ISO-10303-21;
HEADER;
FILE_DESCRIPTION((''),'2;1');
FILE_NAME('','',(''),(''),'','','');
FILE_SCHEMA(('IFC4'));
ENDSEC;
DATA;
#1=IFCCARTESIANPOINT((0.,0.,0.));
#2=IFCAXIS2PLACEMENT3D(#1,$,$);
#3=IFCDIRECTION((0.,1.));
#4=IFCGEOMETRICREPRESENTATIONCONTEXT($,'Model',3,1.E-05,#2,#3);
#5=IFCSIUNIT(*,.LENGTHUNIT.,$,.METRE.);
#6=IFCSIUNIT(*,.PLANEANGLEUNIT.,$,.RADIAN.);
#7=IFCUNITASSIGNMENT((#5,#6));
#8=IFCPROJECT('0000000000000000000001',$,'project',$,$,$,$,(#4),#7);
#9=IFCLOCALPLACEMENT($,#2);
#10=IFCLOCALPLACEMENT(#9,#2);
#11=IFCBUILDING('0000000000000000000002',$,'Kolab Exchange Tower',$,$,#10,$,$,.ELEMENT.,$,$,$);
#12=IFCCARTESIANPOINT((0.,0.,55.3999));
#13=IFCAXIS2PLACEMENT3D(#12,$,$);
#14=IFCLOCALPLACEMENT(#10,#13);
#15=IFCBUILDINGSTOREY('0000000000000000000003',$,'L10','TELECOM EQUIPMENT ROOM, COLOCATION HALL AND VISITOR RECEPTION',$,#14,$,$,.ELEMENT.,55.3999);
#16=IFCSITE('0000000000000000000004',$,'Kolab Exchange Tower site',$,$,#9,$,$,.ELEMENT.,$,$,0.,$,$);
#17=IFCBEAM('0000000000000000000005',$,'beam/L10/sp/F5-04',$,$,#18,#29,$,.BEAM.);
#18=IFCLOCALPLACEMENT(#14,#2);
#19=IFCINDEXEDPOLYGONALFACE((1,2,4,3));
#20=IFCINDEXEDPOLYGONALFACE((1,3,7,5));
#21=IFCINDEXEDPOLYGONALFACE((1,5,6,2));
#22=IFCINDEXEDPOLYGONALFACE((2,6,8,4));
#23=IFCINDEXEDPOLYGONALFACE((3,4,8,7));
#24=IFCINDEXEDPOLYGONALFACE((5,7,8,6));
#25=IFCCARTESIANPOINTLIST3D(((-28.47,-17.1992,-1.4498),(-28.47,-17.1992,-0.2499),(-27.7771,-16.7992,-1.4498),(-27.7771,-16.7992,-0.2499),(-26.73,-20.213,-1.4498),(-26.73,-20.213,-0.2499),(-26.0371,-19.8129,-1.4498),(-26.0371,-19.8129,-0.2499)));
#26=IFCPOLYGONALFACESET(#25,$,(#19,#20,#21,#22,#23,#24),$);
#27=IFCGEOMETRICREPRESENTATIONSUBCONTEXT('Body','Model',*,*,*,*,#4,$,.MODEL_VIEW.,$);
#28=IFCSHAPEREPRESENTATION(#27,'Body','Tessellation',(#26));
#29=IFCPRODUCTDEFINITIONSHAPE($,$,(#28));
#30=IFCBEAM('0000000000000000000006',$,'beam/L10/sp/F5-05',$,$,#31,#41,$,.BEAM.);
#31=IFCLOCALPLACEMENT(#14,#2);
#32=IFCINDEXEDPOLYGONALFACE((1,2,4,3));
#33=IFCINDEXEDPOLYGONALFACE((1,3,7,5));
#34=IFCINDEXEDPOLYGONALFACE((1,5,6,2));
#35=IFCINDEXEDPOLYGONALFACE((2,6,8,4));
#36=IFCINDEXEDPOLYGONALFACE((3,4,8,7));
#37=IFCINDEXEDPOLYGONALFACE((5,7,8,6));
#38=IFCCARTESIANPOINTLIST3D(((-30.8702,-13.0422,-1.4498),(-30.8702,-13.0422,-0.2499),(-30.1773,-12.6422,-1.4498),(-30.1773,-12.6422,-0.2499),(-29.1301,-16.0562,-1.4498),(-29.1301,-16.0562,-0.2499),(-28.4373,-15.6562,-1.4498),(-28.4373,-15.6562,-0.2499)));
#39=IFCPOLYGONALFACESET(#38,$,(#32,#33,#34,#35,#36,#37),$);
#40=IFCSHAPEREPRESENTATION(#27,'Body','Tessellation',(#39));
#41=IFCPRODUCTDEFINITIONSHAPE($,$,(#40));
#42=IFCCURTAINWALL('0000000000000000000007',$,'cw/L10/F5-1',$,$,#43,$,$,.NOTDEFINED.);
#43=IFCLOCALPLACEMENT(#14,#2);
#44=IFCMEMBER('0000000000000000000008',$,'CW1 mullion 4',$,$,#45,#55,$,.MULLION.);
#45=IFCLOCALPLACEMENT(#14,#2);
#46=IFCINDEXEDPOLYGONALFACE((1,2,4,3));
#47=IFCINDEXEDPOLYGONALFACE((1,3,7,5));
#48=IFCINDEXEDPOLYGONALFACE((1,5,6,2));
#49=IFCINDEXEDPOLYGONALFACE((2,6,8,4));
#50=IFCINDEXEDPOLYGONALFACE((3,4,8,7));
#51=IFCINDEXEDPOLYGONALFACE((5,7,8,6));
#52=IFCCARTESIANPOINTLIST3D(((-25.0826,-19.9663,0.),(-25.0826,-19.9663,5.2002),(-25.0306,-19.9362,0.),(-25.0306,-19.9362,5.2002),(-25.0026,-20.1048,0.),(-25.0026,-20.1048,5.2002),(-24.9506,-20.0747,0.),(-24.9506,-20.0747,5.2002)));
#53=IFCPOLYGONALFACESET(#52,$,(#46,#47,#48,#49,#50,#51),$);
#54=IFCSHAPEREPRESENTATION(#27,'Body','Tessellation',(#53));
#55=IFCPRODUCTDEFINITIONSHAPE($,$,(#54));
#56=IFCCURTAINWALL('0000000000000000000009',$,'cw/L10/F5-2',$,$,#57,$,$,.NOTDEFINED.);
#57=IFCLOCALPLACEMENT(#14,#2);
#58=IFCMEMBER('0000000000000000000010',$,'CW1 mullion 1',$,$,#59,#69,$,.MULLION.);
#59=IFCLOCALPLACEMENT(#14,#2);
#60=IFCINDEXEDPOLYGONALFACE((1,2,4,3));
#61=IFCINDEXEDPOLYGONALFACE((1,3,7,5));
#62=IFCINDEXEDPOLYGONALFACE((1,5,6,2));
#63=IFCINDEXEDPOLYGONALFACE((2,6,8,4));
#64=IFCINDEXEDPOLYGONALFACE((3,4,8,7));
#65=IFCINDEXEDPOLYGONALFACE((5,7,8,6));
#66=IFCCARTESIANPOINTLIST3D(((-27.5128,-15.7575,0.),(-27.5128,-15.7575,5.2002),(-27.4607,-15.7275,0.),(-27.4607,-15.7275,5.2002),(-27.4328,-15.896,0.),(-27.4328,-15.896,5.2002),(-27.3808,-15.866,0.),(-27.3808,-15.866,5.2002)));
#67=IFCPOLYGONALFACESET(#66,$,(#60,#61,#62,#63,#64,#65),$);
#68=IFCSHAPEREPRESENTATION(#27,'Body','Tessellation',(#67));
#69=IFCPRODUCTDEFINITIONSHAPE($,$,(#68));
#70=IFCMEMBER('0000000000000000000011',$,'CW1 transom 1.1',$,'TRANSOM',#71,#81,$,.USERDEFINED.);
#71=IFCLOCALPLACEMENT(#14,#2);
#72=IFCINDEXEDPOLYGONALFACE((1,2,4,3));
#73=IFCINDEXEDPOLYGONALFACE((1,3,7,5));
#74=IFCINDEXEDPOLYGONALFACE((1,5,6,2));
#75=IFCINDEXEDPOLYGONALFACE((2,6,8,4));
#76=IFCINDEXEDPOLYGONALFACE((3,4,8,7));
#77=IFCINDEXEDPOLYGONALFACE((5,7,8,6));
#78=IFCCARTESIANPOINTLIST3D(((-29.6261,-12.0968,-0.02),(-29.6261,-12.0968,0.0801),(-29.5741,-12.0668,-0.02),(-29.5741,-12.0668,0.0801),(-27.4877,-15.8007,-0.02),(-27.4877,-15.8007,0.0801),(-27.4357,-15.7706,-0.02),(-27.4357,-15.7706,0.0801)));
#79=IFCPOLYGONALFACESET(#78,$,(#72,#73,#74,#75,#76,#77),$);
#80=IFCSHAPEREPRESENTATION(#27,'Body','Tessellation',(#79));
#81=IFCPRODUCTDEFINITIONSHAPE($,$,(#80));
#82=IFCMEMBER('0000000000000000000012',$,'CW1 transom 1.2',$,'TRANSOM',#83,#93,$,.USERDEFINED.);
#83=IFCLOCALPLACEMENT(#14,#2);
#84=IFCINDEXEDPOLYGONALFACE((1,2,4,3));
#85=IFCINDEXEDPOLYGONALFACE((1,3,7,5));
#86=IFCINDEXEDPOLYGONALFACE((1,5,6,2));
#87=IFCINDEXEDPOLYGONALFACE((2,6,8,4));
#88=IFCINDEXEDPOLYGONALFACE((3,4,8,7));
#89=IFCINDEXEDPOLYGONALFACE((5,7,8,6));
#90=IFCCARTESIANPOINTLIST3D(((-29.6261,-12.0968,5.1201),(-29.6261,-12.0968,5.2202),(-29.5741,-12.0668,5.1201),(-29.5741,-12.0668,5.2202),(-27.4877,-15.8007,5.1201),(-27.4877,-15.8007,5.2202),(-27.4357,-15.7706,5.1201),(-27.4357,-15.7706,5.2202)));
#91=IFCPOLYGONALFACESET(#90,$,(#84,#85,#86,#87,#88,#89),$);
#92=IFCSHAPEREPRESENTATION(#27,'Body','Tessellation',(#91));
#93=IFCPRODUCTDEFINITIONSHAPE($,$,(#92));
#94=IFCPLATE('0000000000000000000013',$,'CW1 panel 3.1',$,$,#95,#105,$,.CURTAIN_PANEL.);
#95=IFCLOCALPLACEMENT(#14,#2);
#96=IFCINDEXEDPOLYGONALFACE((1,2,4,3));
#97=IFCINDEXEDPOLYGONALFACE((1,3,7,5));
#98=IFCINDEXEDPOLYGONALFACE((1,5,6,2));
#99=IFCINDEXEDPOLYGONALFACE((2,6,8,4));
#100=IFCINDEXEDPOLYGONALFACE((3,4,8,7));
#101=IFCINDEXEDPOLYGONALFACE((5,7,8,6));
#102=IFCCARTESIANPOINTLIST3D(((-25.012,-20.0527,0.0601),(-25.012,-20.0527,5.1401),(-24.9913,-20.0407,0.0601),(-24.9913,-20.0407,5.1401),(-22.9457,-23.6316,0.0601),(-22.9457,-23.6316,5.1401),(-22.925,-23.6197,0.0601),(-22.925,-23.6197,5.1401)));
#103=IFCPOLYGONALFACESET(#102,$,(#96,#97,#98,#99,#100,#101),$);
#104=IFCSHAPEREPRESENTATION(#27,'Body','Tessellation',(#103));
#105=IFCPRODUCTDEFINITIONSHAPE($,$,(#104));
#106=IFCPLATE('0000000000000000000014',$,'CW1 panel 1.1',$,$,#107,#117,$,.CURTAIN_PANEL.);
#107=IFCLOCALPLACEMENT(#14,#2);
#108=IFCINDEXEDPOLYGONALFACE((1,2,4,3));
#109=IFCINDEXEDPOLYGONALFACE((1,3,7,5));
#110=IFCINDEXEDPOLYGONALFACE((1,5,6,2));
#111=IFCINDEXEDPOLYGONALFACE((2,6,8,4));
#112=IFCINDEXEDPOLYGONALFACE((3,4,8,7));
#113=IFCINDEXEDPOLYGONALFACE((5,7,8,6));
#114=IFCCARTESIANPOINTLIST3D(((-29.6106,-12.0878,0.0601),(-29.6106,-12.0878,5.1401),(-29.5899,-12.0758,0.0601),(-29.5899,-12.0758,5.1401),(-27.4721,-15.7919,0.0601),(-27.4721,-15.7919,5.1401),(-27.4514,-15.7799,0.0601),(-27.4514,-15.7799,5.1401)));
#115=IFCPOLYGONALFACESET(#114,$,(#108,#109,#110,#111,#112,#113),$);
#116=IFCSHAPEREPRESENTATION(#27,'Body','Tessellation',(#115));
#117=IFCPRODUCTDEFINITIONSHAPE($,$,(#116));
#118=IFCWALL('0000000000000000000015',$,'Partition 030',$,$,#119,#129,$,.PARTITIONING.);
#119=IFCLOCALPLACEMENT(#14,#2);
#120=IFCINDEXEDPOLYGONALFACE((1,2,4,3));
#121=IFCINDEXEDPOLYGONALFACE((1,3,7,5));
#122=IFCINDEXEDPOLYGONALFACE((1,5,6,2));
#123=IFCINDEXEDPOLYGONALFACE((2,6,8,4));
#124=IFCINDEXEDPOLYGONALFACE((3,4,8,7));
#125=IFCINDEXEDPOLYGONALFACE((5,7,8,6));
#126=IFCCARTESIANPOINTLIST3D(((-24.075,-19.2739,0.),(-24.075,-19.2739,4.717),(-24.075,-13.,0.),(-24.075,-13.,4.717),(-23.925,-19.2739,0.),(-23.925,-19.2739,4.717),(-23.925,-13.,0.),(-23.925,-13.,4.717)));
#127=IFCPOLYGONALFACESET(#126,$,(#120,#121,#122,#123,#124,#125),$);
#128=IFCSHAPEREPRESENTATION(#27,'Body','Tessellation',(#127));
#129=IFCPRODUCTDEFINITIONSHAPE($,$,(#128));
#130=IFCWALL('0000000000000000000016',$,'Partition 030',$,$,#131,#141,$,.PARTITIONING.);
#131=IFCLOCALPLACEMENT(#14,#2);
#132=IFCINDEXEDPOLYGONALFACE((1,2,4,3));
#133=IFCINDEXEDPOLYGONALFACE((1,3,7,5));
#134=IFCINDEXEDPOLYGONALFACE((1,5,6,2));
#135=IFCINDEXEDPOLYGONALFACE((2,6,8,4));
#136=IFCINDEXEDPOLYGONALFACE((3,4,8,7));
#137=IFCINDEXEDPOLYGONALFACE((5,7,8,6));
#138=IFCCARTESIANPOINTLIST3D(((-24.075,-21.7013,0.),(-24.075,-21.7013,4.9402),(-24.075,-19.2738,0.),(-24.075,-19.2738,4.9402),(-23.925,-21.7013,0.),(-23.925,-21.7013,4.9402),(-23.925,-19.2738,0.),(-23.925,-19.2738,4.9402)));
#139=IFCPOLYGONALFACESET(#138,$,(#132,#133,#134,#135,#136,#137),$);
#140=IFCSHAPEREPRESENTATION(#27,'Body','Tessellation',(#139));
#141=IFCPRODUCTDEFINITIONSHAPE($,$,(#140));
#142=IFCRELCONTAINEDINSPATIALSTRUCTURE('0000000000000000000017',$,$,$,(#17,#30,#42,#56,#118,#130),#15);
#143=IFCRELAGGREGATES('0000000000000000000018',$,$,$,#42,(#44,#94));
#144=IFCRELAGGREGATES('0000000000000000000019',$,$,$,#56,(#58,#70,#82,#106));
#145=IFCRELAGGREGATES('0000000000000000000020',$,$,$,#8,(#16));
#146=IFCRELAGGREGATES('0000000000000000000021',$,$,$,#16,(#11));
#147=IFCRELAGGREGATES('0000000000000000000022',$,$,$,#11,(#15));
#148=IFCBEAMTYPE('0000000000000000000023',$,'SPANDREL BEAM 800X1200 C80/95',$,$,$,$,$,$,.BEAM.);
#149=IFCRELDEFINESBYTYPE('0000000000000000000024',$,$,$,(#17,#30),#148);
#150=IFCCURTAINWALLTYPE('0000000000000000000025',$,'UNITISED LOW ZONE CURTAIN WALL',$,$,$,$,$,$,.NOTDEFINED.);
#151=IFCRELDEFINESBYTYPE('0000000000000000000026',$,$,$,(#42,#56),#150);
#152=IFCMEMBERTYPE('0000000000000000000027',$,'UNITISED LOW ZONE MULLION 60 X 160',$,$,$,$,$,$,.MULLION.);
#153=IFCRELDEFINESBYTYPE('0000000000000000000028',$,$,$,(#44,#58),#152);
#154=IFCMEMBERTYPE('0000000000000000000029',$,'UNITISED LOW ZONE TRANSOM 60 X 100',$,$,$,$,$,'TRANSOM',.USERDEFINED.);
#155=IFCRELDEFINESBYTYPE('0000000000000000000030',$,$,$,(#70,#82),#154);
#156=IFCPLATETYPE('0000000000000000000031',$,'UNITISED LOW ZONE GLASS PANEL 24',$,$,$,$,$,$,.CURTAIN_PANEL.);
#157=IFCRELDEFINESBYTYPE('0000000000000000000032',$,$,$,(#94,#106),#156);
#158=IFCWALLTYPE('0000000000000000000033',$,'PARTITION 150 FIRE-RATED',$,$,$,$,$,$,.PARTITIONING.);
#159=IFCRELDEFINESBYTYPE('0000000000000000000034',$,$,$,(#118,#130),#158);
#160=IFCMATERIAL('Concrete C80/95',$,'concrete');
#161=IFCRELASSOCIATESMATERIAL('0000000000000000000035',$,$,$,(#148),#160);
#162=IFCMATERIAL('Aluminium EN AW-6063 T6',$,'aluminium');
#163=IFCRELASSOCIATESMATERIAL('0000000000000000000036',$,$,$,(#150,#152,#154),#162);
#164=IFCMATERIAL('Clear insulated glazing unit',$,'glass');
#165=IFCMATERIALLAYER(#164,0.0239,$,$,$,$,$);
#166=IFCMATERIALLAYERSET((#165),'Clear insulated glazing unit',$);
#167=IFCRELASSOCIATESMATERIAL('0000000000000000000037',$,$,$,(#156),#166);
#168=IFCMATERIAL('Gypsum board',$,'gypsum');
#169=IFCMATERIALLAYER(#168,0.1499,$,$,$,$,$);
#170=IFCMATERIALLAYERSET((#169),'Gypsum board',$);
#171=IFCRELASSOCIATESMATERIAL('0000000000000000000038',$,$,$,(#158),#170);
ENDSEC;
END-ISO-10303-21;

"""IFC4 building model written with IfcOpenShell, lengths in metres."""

from ifc_helpers import new_model, si_unit, direction, frame, frame_2d, origin, origin_2d, place, context, subcontext, project, spatial, rectangle, extrude, material, layer, layer_set, material_profile, profile_set, type_object, element, aggregate, save


model = new_model("IFC4")

# Units and contexts
model_context = context("Model", 3, precision=1e-05, world=origin(), true_north=direction((0.0, 1.0)))
body_context = subcontext(model_context, "Body", "Model", "MODEL_VIEW")
ifc_project = project(units=[si_unit("LENGTHUNIT", "METRE"), si_unit("PLANEANGLEUNIT", "RADIAN")], contexts=[model_context])

# Site, building, storey
site_placement = place(None, origin())
site = spatial("IfcSite", under=ifc_project, at=site_placement, Name="Kolab Exchange Tower site", CompositionType="ELEMENT", RefElevation=0.0)
building_placement = place(site_placement, origin())
building = spatial("IfcBuilding", under=site, at=building_placement, Name="Kolab Exchange Tower", CompositionType="ELEMENT")
storey_placement = place(building_placement, frame((0.0, 0.0, 55.3999)))
storey = spatial("IfcBuildingStorey", under=building, at=storey_placement, Name="L10", Description="TELECOM EQUIPMENT ROOM, COLOCATION HALL AND VISITOR RECEPTION", CompositionType="ELEMENT", Elevation=55.3999)

# Shared definitions
ifc_material_1 = material(Name="Concrete C80/95", Category="concrete")

# Beams
ifc_material_profile_1 = material_profile(ifc_material_1, rectangle(XDim=0.8, YDim=1.2, at=origin_2d()), Name="RC800X1200")
ifc_profile_set_1 = profile_set([ifc_material_profile_1], Name="Concrete C80/95")
beam_type_1 = type_object("IfcBeamType", Name="SPANDREL BEAM 800X1200 C80/95", PredefinedType="BEAM", material=ifc_profile_set_1)
beam_1_placement = place(storey_placement, frame((-26.3835, -20.0129, -0.8499), z_axis=(-0.50001, 0.86602, 0.0), x_axis=(-0.86602, -0.50001, 0.0)))
element("IfcBeam", 1, at=beam_1_placement, inside=storey, type_object=beam_type_1, Name="beam/L10/sp/F5-04", PredefinedType="BEAM", context=body_context, shape_type="SweptSolid", body=[
    extrude(rectangle(XDim=0.8, YDim=1.2, at=origin_2d()), origin(), (0.0, 0.0, 1.0), 3.48),
])
beam_2_placement = place(storey_placement, frame((-28.7837, -15.8562, -0.8499), z_axis=(-0.49998, 0.866037, 0.0), x_axis=(-0.866037, -0.49998, 0.0)))
element("IfcBeam", 2, at=beam_2_placement, inside=storey, type_object=beam_type_1, Name="beam/L10/sp/F5-05", PredefinedType="BEAM", context=body_context, shape_type="SweptSolid", body=[
    extrude(rectangle(XDim=0.8, YDim=1.2, at=origin_2d()), origin(), (0.0, 0.0, 1.0), 3.4802),
])

# Curtain wall, member
ifc_material_2 = material(Name="Aluminium EN AW-6063 T6", Category="aluminium")
curtain_wall_type = type_object("IfcCurtainWallType", Name="UNITISED LOW ZONE CURTAIN WALL", PredefinedType="NOTDEFINED", material=ifc_material_2)
curtain_wall_1_placement = place(storey_placement, origin())
curtain_wall_1 = element("IfcCurtainWall", 3, at=curtain_wall_1_placement, inside=storey, type_object=curtain_wall_type, Name="cw/L10/F5-1", PredefinedType="NOTDEFINED")
ifc_material_profile_2 = material_profile(ifc_material_2, rectangle(XDim=0.0601, YDim=0.1599, at=origin_2d()), Name="RECT 60X160")
ifc_profile_set_2 = profile_set([ifc_material_profile_2], Name="Aluminium EN AW-6063 T6")
member_type_1 = type_object("IfcMemberType", Name="UNITISED LOW ZONE MULLION 60 X 160", PredefinedType="MULLION", material=ifc_profile_set_2)
member_1_placement = place(storey_placement, frame((-25.0166, -20.0205, 0.0), z_axis=(0.0, 0.0, 1.0), x_axis=(-0.866025, -0.5, 0.0)))
member_1 = element("IfcMember", 4, at=member_1_placement, type_object=member_type_1, Name="CW1 mullion 4", PredefinedType="MULLION", context=body_context, shape_type="SweptSolid", body=[
    extrude(rectangle(XDim=0.0601, YDim=0.1599, at=origin_2d()), origin(), (0.0, 0.0, 1.0), 5.2002),
])

# Curtain wall, members
curtain_wall_2_placement = place(storey_placement, origin())
curtain_wall_2 = element("IfcCurtainWall", 5, at=curtain_wall_2_placement, inside=storey, type_object=curtain_wall_type, Name="cw/L10/F5-2", PredefinedType="NOTDEFINED")
member_2_placement = place(storey_placement, frame((-27.4468, -15.8118, 0.0), z_axis=(0.0, 0.0, 1.0), x_axis=(-0.866025, -0.5, 0.0)))
member_2 = element("IfcMember", 6, at=member_2_placement, type_object=member_type_1, Name="CW1 mullion 1", PredefinedType="MULLION", context=body_context, shape_type="SweptSolid", body=[
    extrude(rectangle(XDim=0.0601, YDim=0.1599, at=origin_2d()), origin(), (0.0, 0.0, 1.0), 5.2002),
])
ifc_material_profile_3 = material_profile(ifc_material_2, rectangle(XDim=0.0601, YDim=0.1001, at=origin_2d()), Name="RECT 60X100")
ifc_profile_set_3 = profile_set([ifc_material_profile_3], Name="Aluminium EN AW-6063 T6")
member_type_2 = type_object("IfcMemberType", Name="UNITISED LOW ZONE TRANSOM 60 X 100", ElementType="TRANSOM", PredefinedType="USERDEFINED", material=ifc_profile_set_3)
member_3_placement = place(storey_placement, frame((-27.4617, -15.7856, 0.03), z_axis=(-0.500001, 0.866025, 0.0), x_axis=(-0.866025, -0.500001, 0.0)))
member_3 = element("IfcMember", 7, at=member_3_placement, type_object=member_type_2, Name="CW1 transom 1.1", ObjectType="TRANSOM", PredefinedType="USERDEFINED", context=body_context, shape_type="SweptSolid", body=[
    extrude(rectangle(XDim=0.0601, YDim=0.1001, at=origin_2d()), origin(), (0.0, 0.0, 1.0), 4.2769),
])
member_4_placement = place(storey_placement, frame((-27.4617, -15.7856, 5.1702), z_axis=(-0.500001, 0.866025, 0.0), x_axis=(-0.866025, -0.500001, 0.0)))
member_4 = element("IfcMember", 8, at=member_4_placement, type_object=member_type_2, Name="CW1 transom 1.2", ObjectType="TRANSOM", PredefinedType="USERDEFINED", context=body_context, shape_type="SweptSolid", body=[
    extrude(rectangle(XDim=0.0601, YDim=0.1001, at=origin_2d()), origin(), (0.0, 0.0, 1.0), 4.2769),
])

# Plates
ifc_material_3 = material(Name="Clear insulated glazing unit", Category="glass")
ifc_layer_1 = layer(ifc_material_3, 0.0239)
ifc_layer_set_1 = layer_set([ifc_layer_1], Name="Clear insulated glazing unit")
plate_type = type_object("IfcPlateType", Name="UNITISED LOW ZONE GLASS PANEL 24", PredefinedType="CURTAIN_PANEL", material=ifc_layer_set_1)
plate_1_placement = place(storey_placement, frame((-23.9685, -21.8362, 0.0601), z_axis=(0.0, 0.0, 1.0), x_axis=(-0.5, 0.866025, 0.0)))
plate_1 = element("IfcPlate", 9, at=plate_1_placement, type_object=plate_type, Name="CW1 panel 3.1", PredefinedType="CURTAIN_PANEL", context=body_context, shape_type="SweptSolid", body=[
    extrude(rectangle(XDim=4.1326, YDim=0.0239, at=origin_2d()), origin(), (0.0, 0.0, 1.0), 5.0801),
])
aggregate(curtain_wall_1, [member_1, plate_1])
plate_2_placement = place(storey_placement, frame((-28.531, -13.9338, 0.0601), z_axis=(0.0, 0.0, 1.0), x_axis=(-0.5, 0.866025, 0.0)))
plate_2 = element("IfcPlate", 10, at=plate_2_placement, type_object=plate_type, Name="CW1 panel 1.1", PredefinedType="CURTAIN_PANEL", context=body_context, shape_type="SweptSolid", body=[
    extrude(rectangle(XDim=4.2771, YDim=0.0239, at=origin_2d()), origin(), (0.0, 0.0, 1.0), 5.0801),
])
aggregate(curtain_wall_2, [member_2, member_3, member_4, plate_2])

# Walls
ifc_material_4 = material(Name="Gypsum board", Category="gypsum")
ifc_layer_2 = layer(ifc_material_4, 0.1499)
ifc_layer_set_2 = layer_set([ifc_layer_2], Name="Gypsum board")
wall_type_1 = type_object("IfcWallType", Name="PARTITION 150 FIRE-RATED", PredefinedType="PARTITIONING", material=ifc_layer_set_2)
wall_1_placement = place(storey_placement, frame((-24.0, -19.2739, 0.0), z_axis=(0.0, 0.0, 1.0), x_axis=(0.0, 1.0, 0.0)))
element("IfcWall", 11, at=wall_1_placement, inside=storey, type_object=wall_type_1, Name="Partition 030", PredefinedType="PARTITIONING", context=body_context, shape_type="SweptSolid", body=[
    extrude(rectangle(XDim=6.2739, YDim=0.1499, at=frame_2d((3.137, 0.0))), origin(), (0.0, 0.0, 1.0), 4.717),
])
wall_2_placement = place(storey_placement, frame((-24.0, -21.7014, 0.0), z_axis=(0.0, 0.0, 1.0), x_axis=(0.0, 1.0, 0.0)))
element("IfcWall", 12, at=wall_2_placement, inside=storey, type_object=wall_type_1, Name="Partition 030", PredefinedType="PARTITIONING", context=body_context, shape_type="SweptSolid", body=[
    extrude(rectangle(XDim=2.4275, YDim=0.1499, at=frame_2d((1.2139, 0.0))), origin(), (0.0, 0.0, 1.0), 4.9402),
])

save(model, "model.ifc")
